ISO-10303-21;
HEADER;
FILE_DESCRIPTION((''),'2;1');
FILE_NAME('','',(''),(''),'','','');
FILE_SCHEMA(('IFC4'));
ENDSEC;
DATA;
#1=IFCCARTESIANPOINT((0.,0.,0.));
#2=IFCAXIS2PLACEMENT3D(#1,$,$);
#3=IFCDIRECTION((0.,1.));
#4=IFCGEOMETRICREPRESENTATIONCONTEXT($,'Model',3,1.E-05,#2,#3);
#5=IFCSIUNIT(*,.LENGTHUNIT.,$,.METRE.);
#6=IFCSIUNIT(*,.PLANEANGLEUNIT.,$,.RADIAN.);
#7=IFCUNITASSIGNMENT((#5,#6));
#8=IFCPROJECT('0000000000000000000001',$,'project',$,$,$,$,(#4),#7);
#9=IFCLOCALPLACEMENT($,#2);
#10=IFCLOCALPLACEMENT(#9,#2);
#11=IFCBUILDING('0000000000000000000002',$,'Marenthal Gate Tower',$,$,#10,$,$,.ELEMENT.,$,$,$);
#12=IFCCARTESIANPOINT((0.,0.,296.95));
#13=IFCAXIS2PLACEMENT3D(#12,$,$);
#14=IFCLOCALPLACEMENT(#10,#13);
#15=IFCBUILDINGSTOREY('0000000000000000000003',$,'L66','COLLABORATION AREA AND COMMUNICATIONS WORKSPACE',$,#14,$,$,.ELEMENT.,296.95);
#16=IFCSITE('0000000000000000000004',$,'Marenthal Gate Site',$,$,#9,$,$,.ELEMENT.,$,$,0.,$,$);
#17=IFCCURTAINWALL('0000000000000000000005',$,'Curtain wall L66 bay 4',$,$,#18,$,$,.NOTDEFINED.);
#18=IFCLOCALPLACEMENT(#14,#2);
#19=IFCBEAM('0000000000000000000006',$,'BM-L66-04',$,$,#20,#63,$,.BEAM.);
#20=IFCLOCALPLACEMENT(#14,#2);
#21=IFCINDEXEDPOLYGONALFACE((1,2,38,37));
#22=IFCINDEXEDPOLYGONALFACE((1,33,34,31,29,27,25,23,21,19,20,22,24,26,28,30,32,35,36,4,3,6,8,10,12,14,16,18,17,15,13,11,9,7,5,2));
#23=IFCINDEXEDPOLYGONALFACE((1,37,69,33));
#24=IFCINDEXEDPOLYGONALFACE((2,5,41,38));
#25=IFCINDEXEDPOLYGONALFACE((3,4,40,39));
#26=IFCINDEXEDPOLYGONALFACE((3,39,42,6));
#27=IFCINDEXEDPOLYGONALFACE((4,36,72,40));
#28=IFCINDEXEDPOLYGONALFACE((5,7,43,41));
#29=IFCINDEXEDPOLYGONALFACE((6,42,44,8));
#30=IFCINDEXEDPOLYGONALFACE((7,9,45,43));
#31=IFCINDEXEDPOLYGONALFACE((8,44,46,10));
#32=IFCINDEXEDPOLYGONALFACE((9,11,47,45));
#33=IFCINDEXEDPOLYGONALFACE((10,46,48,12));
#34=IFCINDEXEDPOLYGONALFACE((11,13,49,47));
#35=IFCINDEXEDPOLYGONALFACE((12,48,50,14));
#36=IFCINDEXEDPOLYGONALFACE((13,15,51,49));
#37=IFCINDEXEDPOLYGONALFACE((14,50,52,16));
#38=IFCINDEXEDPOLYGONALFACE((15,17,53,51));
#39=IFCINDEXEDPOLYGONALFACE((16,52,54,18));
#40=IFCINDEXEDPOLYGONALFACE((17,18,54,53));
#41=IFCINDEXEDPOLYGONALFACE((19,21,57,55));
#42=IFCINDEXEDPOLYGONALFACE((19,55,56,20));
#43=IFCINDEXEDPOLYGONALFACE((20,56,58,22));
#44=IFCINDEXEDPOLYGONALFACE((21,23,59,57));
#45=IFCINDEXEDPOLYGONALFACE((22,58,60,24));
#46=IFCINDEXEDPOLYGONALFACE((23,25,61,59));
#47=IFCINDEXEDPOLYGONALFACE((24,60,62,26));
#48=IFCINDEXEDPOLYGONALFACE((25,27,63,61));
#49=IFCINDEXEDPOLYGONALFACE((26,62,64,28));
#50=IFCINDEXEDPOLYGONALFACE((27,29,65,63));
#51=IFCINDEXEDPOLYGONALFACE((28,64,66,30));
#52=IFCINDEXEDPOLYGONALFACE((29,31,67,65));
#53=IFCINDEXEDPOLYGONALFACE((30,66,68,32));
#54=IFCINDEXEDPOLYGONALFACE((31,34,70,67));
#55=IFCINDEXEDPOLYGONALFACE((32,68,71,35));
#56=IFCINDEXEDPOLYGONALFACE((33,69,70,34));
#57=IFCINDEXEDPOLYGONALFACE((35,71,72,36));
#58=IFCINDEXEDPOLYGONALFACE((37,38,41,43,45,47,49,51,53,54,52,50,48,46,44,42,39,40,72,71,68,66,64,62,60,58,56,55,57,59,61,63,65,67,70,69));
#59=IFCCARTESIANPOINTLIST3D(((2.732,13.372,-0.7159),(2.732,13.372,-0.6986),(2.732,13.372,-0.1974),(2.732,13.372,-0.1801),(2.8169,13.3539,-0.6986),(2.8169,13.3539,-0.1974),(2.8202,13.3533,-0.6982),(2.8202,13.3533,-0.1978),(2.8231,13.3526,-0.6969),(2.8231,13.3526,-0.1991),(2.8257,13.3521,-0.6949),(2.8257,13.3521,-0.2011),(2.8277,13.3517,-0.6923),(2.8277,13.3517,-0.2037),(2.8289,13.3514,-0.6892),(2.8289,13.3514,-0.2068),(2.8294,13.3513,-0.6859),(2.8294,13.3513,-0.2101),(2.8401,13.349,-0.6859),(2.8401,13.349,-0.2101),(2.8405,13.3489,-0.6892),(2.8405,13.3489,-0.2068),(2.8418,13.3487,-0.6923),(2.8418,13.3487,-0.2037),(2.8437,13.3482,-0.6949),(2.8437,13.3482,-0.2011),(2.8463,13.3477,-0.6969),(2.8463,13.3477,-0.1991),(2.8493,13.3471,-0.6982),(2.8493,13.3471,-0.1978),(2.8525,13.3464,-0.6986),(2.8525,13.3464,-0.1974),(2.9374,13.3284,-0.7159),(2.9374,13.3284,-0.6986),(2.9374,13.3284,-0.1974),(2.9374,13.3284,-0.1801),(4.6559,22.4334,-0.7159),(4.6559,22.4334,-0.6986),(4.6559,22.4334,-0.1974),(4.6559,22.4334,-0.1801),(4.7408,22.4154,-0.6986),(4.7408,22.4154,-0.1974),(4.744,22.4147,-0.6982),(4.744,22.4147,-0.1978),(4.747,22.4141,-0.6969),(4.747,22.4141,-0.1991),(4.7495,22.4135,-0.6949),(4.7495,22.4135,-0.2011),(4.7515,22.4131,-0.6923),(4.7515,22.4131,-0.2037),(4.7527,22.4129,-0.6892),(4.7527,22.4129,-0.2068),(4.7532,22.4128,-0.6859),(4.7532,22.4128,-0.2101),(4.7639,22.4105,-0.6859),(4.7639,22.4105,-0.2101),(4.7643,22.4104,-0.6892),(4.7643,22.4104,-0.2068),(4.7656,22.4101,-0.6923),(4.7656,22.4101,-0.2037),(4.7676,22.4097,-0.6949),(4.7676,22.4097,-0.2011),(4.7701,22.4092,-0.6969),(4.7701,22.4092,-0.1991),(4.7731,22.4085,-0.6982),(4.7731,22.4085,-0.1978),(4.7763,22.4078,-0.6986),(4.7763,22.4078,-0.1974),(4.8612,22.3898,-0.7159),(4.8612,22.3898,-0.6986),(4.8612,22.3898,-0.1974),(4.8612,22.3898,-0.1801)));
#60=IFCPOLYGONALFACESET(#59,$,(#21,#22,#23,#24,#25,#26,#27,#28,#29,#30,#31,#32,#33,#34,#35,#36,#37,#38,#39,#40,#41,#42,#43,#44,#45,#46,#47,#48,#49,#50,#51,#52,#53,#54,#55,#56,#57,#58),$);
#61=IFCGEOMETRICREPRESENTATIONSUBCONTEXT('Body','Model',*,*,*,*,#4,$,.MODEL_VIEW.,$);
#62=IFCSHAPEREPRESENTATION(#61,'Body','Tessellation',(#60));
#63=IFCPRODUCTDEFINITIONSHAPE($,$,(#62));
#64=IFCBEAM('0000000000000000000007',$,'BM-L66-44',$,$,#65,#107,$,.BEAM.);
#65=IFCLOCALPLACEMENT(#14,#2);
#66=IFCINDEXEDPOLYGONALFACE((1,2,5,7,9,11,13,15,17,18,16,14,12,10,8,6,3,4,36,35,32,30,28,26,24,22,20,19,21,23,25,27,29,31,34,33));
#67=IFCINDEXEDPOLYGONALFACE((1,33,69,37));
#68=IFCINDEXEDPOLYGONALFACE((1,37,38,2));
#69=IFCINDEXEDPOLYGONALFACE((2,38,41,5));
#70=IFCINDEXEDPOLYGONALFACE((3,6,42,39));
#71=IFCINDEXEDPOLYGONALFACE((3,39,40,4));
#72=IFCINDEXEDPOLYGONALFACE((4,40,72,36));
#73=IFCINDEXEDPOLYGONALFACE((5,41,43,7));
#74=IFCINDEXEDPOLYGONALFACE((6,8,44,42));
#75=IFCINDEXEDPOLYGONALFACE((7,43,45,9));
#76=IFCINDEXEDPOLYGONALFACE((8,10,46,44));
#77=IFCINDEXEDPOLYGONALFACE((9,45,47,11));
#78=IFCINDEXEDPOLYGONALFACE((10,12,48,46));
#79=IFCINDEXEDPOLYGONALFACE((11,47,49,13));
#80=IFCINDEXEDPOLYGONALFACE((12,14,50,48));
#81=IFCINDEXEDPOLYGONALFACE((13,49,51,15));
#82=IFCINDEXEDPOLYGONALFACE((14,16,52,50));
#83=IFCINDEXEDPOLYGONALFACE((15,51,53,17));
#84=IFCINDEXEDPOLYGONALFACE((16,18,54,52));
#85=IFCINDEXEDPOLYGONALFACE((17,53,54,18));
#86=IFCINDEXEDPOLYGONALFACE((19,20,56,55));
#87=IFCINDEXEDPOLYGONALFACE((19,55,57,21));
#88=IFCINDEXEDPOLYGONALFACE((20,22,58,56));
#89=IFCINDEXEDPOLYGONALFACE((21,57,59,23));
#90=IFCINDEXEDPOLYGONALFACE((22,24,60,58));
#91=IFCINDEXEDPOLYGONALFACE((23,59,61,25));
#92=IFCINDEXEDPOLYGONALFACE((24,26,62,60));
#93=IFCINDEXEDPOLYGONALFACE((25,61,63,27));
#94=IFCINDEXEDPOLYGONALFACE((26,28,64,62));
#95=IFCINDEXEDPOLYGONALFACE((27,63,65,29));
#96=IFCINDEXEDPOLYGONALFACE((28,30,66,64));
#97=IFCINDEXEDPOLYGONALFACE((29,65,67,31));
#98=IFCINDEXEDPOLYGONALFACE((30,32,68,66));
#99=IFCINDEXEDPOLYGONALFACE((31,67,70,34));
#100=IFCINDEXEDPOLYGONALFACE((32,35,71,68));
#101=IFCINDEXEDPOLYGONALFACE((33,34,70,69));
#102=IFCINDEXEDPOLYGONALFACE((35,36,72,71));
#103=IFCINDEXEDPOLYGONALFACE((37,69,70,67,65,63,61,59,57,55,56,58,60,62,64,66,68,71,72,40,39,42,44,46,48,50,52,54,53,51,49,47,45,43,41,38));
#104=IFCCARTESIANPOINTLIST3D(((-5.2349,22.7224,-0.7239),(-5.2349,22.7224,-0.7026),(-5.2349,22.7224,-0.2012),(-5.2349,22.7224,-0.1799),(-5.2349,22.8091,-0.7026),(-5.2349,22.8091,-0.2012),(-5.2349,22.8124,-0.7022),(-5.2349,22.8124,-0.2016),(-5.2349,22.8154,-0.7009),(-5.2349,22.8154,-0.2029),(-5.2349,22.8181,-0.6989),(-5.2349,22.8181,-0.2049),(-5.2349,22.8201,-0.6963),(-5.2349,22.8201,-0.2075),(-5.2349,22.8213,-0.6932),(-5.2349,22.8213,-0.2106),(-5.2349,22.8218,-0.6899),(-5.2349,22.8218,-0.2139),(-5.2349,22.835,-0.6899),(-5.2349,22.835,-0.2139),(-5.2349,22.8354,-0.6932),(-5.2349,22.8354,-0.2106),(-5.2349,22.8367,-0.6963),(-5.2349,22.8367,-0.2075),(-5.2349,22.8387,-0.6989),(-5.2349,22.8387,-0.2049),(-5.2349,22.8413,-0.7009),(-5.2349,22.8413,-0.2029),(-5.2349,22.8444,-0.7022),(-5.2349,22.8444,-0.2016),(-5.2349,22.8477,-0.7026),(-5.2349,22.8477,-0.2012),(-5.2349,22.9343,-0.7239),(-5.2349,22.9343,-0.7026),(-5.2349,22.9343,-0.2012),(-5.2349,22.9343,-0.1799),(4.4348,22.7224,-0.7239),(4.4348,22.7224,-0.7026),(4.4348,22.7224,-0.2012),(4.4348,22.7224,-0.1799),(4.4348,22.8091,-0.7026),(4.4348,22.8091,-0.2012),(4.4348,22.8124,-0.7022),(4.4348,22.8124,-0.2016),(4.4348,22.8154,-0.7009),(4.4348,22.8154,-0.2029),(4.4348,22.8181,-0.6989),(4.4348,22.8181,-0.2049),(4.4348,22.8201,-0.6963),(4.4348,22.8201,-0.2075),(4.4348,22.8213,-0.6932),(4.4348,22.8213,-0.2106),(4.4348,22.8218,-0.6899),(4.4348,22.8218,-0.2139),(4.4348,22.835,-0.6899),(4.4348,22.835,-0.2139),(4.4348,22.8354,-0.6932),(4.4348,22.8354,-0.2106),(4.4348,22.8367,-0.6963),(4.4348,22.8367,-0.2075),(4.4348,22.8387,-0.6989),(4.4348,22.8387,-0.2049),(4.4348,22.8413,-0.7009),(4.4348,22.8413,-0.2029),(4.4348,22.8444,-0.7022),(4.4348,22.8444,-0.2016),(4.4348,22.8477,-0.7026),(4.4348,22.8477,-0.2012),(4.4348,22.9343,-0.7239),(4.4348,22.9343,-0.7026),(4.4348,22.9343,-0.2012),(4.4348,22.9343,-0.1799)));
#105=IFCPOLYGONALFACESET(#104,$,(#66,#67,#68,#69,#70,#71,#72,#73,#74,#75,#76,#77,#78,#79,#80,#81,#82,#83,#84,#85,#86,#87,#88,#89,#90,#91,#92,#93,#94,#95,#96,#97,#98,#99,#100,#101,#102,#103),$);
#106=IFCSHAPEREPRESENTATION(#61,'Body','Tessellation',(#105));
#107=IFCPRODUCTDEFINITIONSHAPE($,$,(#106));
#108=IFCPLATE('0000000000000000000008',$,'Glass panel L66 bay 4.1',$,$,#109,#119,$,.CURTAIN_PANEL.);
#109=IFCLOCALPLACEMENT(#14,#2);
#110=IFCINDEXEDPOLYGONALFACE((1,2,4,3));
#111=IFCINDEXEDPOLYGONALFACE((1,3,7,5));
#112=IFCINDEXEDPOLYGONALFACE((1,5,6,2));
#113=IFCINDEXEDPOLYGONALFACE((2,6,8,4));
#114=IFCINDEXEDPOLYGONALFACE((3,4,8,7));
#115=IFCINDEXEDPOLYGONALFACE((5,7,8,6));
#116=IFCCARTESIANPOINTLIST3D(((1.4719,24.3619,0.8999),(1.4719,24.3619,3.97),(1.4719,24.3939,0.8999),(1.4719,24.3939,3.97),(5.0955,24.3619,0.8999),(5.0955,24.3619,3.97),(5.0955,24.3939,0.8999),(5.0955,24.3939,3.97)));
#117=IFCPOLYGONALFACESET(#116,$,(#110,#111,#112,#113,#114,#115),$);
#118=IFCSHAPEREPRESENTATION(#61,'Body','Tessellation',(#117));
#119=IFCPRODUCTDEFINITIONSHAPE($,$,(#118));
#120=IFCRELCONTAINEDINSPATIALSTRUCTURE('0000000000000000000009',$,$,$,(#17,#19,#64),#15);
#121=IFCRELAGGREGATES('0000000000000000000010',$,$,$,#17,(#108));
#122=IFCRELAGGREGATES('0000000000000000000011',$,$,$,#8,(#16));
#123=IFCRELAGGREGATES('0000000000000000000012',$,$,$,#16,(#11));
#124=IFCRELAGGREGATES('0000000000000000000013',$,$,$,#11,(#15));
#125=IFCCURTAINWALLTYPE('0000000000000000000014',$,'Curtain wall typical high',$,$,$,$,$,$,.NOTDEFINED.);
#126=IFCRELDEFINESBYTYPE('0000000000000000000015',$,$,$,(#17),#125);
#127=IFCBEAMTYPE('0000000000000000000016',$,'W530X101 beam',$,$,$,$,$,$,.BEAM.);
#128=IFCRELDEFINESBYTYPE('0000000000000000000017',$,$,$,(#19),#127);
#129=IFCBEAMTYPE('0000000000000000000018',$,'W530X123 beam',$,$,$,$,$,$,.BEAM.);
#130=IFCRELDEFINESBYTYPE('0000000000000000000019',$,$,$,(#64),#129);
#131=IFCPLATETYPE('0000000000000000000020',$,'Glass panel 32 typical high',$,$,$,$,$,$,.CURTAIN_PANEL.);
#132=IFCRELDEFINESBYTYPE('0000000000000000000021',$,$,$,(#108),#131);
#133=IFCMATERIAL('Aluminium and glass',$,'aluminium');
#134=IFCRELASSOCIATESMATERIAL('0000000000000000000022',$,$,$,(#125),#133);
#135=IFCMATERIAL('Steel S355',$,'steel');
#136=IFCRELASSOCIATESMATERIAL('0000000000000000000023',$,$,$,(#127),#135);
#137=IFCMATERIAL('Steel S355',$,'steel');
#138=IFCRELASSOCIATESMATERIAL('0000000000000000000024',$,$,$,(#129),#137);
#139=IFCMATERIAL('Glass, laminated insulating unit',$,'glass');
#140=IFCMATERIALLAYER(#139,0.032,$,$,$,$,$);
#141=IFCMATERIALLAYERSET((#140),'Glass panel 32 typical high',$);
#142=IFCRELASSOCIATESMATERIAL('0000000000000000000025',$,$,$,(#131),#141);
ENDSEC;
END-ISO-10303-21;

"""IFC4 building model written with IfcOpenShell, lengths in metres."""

from ifc_helpers import new_model, si_unit, direction, frame, origin, origin_2d, place, context, subcontext, project, spatial, rectangle, i_section, extrude, material, layer, layer_set, material_profile, profile_set, type_object, element, aggregate, save


model = new_model("IFC4")

# Units and contexts
model_context = context("Model", 3, precision=1e-05, world=origin(), true_north=direction((0.0, 1.0)))
body_context = subcontext(model_context, "Body", "Model", "MODEL_VIEW")
ifc_project = project(units=[si_unit("LENGTHUNIT", "METRE"), si_unit("PLANEANGLEUNIT", "RADIAN")], contexts=[model_context])

# Site, building, storey
site_placement = place(None, origin())
site = spatial("IfcSite", under=ifc_project, at=site_placement, Name="Marenthal Gate Site", CompositionType="ELEMENT", RefElevation=0.0)
building_placement = place(site_placement, origin())
building = spatial("IfcBuilding", under=site, at=building_placement, Name="Marenthal Gate Tower", CompositionType="ELEMENT")
storey_placement = place(building_placement, frame((0.0, 0.0, 296.95)))
storey = spatial("IfcBuildingStorey", under=building, at=storey_placement, Name="L66", Description="COLLABORATION AREA AND COMMUNICATIONS WORKSPACE", CompositionType="ELEMENT", Elevation=296.95)

# Curtain wall
ifc_material_1 = material(Name="Aluminium and glass", Category="aluminium")
curtain_wall_type = type_object("IfcCurtainWallType", Name="Curtain wall typical high", PredefinedType="NOTDEFINED", material=ifc_material_1)
curtain_wall_placement = place(storey_placement, origin())
curtain_wall = element("IfcCurtainWall", 1, at=curtain_wall_placement, inside=storey, type_object=curtain_wall_type, Name="Curtain wall L66 bay 4", PredefinedType="NOTDEFINED")

# Beams
ifc_material_2 = material(Name="Steel S355", Category="steel")
ifc_material_profile_1 = material_profile(ifc_material_2, i_section(OverallWidth=0.21, OverallDepth=0.5359, WebThickness=0.011, FlangeThickness=0.0173, FilletRadius=0.0127, at=origin_2d()), Name="W530X101")
ifc_profile_set_1 = profile_set([ifc_material_profile_1], Name="Steel S355")
beam_type_1 = type_object("IfcBeamType", Name="W530X101 beam", PredefinedType="BEAM", material=ifc_profile_set_1)
beam_1_placement = place(storey_placement, frame((4.7585, 22.4116, -0.448), z_axis=(-0.207678, -0.978197, 0.0), x_axis=(0.978197, -0.207678, 0.0)))
element("IfcBeam", 2, at=beam_1_placement, inside=storey, type_object=beam_type_1, Name="BM-L66-04", PredefinedType="BEAM", context=body_context, shape_type="SweptSolid", body=[
    extrude(i_section(OverallWidth=0.21, OverallDepth=0.5359, WebThickness=0.011, FlangeThickness=0.0173, FilletRadius=0.0127, at=origin_2d()), origin(), (0.0, 0.0, 1.0), 9.2634),
])
ifc_material_3 = material(Name="Steel S355", Category="steel")
ifc_material_profile_2 = material_profile(ifc_material_3, i_section(OverallWidth=0.2119, OverallDepth=0.5439, WebThickness=0.0132, FlangeThickness=0.0212, FilletRadius=0.0127, at=origin_2d()), Name="W530X123")
ifc_profile_set_2 = profile_set([ifc_material_profile_2], Name="Steel S355")
beam_type_2 = type_object("IfcBeamType", Name="W530X123 beam", PredefinedType="BEAM", material=ifc_profile_set_2)
beam_2_placement = place(storey_placement, frame((4.4348, 22.8284, -0.4519), z_axis=(-1.0, 0.0, 0.0), x_axis=(0.0, -1.0, 0.0)))
element("IfcBeam", 3, at=beam_2_placement, inside=storey, type_object=beam_type_2, Name="BM-L66-44", PredefinedType="BEAM", context=body_context, shape_type="SweptSolid", body=[
    extrude(i_section(OverallWidth=0.2119, OverallDepth=0.5439, WebThickness=0.0132, FlangeThickness=0.0212, FilletRadius=0.0127, at=origin_2d()), origin(), (0.0, 0.0, 1.0), 9.6697),
])

# Plate
ifc_material_4 = material(Name="Glass, laminated insulating unit", Category="glass")
ifc_layer_1 = layer(ifc_material_4, 0.032)
ifc_layer_set_1 = layer_set([ifc_layer_1], Name="Glass panel 32 typical high")
plate_type = type_object("IfcPlateType", Name="Glass panel 32 typical high", PredefinedType="CURTAIN_PANEL", material=ifc_layer_set_1)
plate_placement = place(storey_placement, frame((3.2837, 24.3779, 0.8999), z_axis=(0.0, 0.0, 1.0), x_axis=(-1.0, 0.0, 0.0)))
plate = element("IfcPlate", 4, at=plate_placement, type_object=plate_type, Name="Glass panel L66 bay 4.1", PredefinedType="CURTAIN_PANEL", context=body_context, shape_type="SweptSolid", body=[
    extrude(rectangle(XDim=3.6235, YDim=0.032, at=origin_2d()), origin(), (0.0, 0.0, 1.0), 3.0701),
])
aggregate(curtain_wall, [plate])

save(model, "model.ifc")
